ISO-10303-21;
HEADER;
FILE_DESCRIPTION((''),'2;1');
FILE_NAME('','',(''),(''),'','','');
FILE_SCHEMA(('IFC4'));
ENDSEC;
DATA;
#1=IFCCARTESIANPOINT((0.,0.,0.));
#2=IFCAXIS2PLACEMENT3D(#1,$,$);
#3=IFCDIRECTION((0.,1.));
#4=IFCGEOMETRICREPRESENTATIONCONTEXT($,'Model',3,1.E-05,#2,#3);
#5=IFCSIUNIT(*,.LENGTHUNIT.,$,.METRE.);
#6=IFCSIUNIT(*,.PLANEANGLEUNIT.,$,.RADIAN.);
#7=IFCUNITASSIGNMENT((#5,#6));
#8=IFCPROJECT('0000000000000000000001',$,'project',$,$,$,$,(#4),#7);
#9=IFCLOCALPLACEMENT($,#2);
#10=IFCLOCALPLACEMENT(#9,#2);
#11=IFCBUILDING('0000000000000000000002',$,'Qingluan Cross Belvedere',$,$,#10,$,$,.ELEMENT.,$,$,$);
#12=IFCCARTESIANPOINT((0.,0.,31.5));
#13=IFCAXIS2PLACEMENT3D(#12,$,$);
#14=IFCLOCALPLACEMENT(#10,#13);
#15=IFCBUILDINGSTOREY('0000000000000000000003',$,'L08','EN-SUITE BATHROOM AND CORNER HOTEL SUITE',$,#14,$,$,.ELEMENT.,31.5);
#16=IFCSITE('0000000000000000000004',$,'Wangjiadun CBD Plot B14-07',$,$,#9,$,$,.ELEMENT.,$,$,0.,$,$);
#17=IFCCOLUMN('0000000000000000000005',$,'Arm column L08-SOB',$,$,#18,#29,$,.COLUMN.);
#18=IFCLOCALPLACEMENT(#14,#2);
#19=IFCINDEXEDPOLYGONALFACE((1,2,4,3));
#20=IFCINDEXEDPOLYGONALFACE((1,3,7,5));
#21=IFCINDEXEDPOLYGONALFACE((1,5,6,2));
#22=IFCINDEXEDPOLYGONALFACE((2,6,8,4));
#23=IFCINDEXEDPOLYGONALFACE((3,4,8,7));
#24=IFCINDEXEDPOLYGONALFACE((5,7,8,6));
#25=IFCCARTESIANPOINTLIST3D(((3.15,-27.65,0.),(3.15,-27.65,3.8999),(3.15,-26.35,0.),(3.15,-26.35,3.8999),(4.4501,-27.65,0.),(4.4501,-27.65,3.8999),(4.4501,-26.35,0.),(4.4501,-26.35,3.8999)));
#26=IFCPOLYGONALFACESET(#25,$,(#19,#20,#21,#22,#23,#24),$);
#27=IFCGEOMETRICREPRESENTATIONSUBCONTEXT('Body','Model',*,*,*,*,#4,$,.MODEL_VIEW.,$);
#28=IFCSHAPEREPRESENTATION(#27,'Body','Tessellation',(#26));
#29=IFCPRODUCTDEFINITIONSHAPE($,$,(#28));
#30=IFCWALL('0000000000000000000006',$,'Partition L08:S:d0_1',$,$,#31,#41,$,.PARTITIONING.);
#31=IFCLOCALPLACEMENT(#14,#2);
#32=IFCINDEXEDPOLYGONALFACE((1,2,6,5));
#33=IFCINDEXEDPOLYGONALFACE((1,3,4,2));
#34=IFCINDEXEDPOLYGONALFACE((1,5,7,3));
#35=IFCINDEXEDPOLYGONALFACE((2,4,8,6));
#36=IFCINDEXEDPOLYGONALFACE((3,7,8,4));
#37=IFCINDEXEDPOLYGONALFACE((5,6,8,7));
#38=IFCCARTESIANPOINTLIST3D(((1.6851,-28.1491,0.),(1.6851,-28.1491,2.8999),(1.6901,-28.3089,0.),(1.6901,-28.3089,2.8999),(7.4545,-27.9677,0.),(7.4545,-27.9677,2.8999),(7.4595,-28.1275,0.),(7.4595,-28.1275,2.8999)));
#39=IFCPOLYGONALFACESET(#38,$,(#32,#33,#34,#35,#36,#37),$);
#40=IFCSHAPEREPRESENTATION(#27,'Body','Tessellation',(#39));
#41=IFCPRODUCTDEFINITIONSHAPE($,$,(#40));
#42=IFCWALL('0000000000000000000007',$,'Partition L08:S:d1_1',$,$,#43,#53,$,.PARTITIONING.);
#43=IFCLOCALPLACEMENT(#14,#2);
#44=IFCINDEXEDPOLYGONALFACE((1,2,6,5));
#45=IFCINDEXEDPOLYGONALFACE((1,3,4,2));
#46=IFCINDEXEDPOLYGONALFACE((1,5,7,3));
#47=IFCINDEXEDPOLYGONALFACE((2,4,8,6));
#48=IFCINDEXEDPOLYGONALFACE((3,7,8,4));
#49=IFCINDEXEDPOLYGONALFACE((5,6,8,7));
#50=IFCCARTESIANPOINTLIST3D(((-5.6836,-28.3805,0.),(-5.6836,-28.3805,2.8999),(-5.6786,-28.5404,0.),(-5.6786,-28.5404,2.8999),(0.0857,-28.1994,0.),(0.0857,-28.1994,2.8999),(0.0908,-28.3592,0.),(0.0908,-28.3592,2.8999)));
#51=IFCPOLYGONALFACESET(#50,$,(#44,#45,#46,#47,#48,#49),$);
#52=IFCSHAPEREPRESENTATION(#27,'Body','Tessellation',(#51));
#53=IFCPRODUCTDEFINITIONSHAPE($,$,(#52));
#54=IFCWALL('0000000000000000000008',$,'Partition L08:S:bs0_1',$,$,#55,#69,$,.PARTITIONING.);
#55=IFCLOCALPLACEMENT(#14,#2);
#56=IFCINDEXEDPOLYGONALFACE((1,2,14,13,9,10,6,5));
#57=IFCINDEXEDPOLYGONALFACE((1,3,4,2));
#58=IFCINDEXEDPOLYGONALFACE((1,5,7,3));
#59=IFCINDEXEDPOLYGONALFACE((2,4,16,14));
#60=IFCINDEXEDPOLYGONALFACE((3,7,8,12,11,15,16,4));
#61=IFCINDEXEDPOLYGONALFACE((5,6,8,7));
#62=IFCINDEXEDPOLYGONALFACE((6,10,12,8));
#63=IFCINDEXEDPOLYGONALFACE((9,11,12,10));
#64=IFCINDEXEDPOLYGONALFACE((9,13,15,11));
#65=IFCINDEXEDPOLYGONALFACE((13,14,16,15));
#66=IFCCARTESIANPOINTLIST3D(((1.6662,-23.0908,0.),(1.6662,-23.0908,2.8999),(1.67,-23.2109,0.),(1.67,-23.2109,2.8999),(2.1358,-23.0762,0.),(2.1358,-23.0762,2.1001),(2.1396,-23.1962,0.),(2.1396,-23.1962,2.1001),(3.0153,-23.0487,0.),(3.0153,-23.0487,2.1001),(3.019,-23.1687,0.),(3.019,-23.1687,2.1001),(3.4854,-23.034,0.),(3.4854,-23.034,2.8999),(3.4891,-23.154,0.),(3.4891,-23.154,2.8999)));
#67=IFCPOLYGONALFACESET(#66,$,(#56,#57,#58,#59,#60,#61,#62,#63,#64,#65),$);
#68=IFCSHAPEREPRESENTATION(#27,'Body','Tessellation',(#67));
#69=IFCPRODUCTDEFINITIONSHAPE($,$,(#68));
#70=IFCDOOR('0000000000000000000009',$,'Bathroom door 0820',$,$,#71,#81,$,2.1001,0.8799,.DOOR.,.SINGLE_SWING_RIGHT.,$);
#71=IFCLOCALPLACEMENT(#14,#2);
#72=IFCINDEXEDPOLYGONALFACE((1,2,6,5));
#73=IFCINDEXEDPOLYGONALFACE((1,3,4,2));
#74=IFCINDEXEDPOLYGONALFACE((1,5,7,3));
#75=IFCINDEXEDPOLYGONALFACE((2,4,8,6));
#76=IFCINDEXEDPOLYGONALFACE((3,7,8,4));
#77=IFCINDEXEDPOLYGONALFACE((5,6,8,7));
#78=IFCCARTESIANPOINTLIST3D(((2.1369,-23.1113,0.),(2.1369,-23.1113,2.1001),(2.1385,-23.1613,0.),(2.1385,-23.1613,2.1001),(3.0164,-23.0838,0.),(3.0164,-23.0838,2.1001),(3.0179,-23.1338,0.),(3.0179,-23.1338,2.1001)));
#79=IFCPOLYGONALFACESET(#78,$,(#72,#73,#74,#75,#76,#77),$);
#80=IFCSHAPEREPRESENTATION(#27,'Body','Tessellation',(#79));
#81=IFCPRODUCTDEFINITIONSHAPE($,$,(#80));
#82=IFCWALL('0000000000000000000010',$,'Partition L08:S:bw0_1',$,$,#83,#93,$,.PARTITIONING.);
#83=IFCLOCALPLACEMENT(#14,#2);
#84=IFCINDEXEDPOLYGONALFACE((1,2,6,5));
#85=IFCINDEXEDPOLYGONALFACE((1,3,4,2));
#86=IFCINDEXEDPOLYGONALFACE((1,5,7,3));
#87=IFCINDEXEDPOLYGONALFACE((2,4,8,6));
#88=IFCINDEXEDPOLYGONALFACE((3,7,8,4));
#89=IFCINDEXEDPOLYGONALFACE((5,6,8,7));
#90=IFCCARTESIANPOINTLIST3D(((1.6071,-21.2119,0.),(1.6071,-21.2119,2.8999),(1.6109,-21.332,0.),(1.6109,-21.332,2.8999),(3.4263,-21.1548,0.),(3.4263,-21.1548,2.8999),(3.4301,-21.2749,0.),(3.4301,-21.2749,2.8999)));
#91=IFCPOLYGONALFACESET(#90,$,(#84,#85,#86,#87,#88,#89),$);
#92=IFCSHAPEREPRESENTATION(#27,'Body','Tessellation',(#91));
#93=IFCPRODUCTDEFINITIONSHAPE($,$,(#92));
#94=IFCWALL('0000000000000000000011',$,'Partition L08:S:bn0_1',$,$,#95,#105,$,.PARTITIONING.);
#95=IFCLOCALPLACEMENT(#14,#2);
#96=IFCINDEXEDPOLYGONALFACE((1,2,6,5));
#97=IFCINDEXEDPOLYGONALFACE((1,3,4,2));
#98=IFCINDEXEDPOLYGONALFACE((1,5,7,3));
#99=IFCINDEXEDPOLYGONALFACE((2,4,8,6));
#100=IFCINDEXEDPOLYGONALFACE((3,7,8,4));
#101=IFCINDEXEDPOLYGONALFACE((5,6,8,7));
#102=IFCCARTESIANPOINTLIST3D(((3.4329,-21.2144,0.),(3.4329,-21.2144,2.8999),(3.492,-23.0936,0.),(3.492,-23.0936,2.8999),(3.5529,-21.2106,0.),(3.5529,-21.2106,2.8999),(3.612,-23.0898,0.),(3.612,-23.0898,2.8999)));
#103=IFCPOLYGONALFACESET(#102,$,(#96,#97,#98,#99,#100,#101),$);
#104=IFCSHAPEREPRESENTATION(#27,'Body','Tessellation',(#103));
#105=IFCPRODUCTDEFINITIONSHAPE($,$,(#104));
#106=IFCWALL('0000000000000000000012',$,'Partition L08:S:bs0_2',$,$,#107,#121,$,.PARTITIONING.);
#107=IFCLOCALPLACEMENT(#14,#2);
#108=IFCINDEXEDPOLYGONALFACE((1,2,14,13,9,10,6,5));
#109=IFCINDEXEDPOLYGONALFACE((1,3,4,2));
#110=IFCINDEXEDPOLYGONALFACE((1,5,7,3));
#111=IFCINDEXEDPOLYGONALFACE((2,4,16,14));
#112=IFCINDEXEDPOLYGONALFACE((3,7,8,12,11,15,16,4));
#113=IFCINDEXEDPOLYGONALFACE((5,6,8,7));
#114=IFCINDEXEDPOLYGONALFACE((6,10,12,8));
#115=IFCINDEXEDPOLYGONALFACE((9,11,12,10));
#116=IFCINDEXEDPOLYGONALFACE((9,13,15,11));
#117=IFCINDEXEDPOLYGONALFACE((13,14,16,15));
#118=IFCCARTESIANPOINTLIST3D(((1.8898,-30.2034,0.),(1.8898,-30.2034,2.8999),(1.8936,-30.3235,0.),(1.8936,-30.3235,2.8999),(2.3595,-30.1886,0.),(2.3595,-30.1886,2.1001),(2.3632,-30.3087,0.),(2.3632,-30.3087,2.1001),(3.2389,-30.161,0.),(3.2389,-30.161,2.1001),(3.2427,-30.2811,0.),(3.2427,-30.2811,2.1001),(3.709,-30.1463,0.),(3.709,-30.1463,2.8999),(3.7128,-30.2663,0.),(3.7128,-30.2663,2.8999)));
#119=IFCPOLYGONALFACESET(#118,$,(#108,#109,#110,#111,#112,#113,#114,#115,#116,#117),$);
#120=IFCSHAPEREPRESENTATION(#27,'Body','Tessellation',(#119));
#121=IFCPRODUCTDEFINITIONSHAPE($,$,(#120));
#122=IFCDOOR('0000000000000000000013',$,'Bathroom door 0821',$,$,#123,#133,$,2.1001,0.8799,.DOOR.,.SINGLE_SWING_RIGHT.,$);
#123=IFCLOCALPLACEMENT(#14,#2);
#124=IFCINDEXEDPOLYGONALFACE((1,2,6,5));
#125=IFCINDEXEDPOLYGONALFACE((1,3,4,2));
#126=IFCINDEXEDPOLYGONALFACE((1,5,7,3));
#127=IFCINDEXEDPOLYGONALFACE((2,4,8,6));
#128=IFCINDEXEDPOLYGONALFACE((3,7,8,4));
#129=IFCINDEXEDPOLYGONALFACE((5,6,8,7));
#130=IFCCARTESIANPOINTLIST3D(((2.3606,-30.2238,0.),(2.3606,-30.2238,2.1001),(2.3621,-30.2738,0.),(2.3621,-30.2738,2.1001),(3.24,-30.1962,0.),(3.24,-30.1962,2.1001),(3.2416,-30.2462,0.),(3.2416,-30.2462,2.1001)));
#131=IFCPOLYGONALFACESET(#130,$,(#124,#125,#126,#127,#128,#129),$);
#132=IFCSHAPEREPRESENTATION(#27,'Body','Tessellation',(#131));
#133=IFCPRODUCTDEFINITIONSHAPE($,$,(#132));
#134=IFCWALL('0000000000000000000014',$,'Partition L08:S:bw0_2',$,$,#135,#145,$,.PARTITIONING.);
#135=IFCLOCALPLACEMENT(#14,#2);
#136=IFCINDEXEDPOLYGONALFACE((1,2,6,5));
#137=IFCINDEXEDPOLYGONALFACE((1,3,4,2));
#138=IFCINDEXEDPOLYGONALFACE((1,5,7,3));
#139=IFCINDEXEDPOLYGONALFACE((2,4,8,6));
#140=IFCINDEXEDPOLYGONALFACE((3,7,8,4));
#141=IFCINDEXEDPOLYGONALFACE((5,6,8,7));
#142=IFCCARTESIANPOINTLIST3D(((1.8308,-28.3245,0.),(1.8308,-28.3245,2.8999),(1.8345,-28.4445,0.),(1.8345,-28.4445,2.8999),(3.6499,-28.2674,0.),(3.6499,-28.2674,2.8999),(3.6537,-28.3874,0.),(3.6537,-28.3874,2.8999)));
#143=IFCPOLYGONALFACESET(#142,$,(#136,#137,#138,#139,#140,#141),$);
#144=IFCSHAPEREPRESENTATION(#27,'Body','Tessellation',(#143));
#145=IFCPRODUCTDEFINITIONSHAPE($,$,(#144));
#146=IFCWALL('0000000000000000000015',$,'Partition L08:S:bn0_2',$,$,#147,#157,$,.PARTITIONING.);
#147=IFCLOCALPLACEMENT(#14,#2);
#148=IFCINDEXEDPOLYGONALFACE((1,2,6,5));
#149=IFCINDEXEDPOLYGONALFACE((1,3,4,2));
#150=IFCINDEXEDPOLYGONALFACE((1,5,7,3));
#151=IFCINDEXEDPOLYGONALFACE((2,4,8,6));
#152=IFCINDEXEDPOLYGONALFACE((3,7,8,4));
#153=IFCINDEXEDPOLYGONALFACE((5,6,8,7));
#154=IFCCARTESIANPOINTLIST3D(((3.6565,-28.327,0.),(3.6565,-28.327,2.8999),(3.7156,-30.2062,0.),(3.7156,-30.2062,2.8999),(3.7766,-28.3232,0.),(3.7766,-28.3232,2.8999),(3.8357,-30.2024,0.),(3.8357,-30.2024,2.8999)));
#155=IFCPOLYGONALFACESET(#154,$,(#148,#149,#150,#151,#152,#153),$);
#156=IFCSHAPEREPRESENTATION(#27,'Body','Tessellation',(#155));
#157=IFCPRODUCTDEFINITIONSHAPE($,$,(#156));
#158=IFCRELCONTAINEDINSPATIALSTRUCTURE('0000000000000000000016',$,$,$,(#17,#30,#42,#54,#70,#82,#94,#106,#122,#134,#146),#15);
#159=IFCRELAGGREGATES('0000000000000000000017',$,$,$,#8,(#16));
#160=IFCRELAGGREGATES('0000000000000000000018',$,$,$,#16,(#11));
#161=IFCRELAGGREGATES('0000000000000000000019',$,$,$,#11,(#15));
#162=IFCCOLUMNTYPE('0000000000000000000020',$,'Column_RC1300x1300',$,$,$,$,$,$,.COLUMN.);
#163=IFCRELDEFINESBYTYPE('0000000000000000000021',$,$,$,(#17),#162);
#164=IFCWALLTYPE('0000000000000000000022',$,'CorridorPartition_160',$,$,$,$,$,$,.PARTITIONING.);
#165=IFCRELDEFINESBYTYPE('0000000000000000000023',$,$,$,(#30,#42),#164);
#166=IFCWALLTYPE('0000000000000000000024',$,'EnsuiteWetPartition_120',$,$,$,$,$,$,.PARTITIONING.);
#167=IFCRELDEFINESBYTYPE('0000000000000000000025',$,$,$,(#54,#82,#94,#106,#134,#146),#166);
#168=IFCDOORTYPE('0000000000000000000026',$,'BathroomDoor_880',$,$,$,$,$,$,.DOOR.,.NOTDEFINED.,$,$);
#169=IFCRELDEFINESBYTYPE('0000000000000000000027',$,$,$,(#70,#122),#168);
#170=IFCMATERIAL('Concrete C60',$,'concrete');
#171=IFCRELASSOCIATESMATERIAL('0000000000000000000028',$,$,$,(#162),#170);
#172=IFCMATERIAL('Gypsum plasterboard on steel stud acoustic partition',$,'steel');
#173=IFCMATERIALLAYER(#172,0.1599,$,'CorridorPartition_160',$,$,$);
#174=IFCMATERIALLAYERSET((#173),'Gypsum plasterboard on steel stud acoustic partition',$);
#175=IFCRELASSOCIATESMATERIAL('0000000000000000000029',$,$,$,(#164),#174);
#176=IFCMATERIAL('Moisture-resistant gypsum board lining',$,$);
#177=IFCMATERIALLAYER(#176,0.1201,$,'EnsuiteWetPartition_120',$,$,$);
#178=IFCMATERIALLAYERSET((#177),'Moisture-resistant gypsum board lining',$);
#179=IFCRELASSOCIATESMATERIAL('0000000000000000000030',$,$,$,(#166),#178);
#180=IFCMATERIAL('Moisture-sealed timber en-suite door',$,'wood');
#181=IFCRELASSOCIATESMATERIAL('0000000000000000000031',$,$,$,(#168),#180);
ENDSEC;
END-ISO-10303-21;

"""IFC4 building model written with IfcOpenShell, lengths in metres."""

from ifc_helpers import new_model, si_unit, direction, frame, frame_2d, origin, origin_2d, place, context, subcontext, project, spatial, rectangle, extrude, material, layer, layer_set, material_profile, profile_set, type_object, element, fill, save


model = new_model("IFC4")

# Units and contexts
model_context = context("Model", 3, precision=1e-05, world=origin(), true_north=direction((0.0, 1.0)))
body_context = subcontext(model_context, "Body", "Model", "MODEL_VIEW")
ifc_project = project(units=[si_unit("LENGTHUNIT", "METRE"), si_unit("PLANEANGLEUNIT", "RADIAN")], contexts=[model_context])

# Site, building, storey
site_placement = place(None, origin())
site = spatial("IfcSite", under=ifc_project, at=site_placement, Name="Wangjiadun CBD Plot B14-07", CompositionType="ELEMENT", RefElevation=0.0)
building_placement = place(site_placement, origin())
building = spatial("IfcBuilding", under=site, at=building_placement, Name="Qingluan Cross Belvedere", CompositionType="ELEMENT")
storey_placement = place(building_placement, frame((0.0, 0.0, 31.5)))
storey = spatial("IfcBuildingStorey", under=building, at=storey_placement, Name="L08", Description="EN-SUITE BATHROOM AND CORNER HOTEL SUITE", CompositionType="ELEMENT", Elevation=31.5)

# Column
ifc_material_1 = material(Name="Concrete C60", Category="concrete")
ifc_material_profile = material_profile(ifc_material_1, rectangle(XDim=1.3, YDim=1.3, at=origin_2d()), Name="RC1300x1300")
ifc_profile_set = profile_set([ifc_material_profile], Name="Concrete C60")
column_type = type_object("IfcColumnType", Name="Column_RC1300x1300", PredefinedType="COLUMN", material=ifc_profile_set)
column_placement = place(storey_placement, frame((3.8, -27.0, 0.0), z_axis=(0.0, 0.0, 1.0), x_axis=(1.0, 0.0, 0.0)))
element("IfcColumn", 1, at=column_placement, inside=storey, type_object=column_type, Name="Arm column L08-SOB", PredefinedType="COLUMN", context=body_context, shape_type="SweptSolid", body=[
    extrude(rectangle(XDim=1.3, YDim=1.3, at=origin_2d()), origin(), (0.0, 0.0, 1.0), 3.8999),
])

# Walls
ifc_material_2 = material(Name="Gypsum plasterboard on steel stud acoustic partition", Category="steel")
ifc_layer_1 = layer(ifc_material_2, 0.1599, Name="CorridorPartition_160")
ifc_layer_set_1 = layer_set([ifc_layer_1], Name="Gypsum plasterboard on steel stud acoustic partition")
wall_type_1 = type_object("IfcWallType", Name="CorridorPartition_160", PredefinedType="PARTITIONING", material=ifc_layer_set_1)
for number, where, z_axis, x_axis, name in (
    (2, (1.6875, -28.229, 0.0), (0.0, 0.0, 1.0), (0.999506, 0.031426, 0.0), "Partition L08:S:d0_1"),
    (3, (0.0884, -28.2793, 0.0), (0.0, 0.0, 1.0), (-0.999507, -0.031384, 0.0), "Partition L08:S:d1_1"),
):
    element("IfcWall", number, at=place(storey_placement, frame(where, z_axis=z_axis, x_axis=x_axis)), inside=storey, type_object=wall_type_1, Name=name, PredefinedType="PARTITIONING", context=body_context, shape_type="SweptSolid", body=[
        extrude(rectangle(XDim=5.7722, YDim=0.1599, at=frame_2d((2.8862, 0.0))), origin(), (0.0, 0.0, 1.0), 2.8999),
    ])

# Wall, opening, door
ifc_material_3 = material(Name="Moisture-resistant gypsum board lining")
ifc_layer_2 = layer(ifc_material_3, 0.1201, Name="EnsuiteWetPartition_120")
ifc_layer_set_2 = layer_set([ifc_layer_2], Name="Moisture-resistant gypsum board lining")
wall_type_2 = type_object("IfcWallType", Name="EnsuiteWetPartition_120", PredefinedType="PARTITIONING", material=ifc_layer_set_2)
wall_1_placement = place(storey_placement, frame((1.668, -23.1509, 0.0), z_axis=(0.0, 0.0, 1.0), x_axis=(0.999511, 0.031256, 0.0)))
wall_1 = element("IfcWall", 4, at=wall_1_placement, inside=storey, type_object=wall_type_2, Name="Partition L08:S:bs0_1", PredefinedType="PARTITIONING", context=body_context, shape_type="SweptSolid", body=[
    extrude(rectangle(XDim=1.8201, YDim=0.1201, at=frame_2d((0.9102, 0.0))), origin(), (0.0, 0.0, 1.0), 2.8999),
])
opening_1_placement = place(wall_1_placement, frame((0.47, 0.0, 0.0)))
opening_1 = element("IfcOpeningElement", 5, at=opening_1_placement, cuts=wall_1, PredefinedType="OPENING", context=body_context, shape_type="SweptSolid", body=[
    extrude(rectangle(XDim=0.8799, YDim=2.1001, at=frame_2d((0.4399, 1.05))), frame((0.0, 0.0701, 0.0), z_axis=(0.0, -1.0, 0.0), x_axis=(1.0, 0.0, 0.0)), (0.0, 0.0, 1.0), 0.1401),
])
ifc_material_4 = material(Name="Moisture-sealed timber en-suite door", Category="wood")
door_type = type_object("IfcDoorType", Name="BathroomDoor_880", OperationType="NOTDEFINED", PredefinedType="DOOR", material=ifc_material_4)
door_1_placement = place(opening_1_placement, origin())
door_1 = element("IfcDoor", 6, at=door_1_placement, inside=storey, type_object=door_type, Name="Bathroom door 0820", OperationType="SINGLE_SWING_RIGHT", OverallHeight=2.1001, OverallWidth=0.8799, PredefinedType="DOOR", context=body_context, shape_type="SweptSolid", body=[
    extrude(rectangle(XDim=0.8799, YDim=2.1001, at=frame_2d((0.4399, 1.05))), frame((0.0, 0.0249, 0.0), z_axis=(0.0, -1.0, 0.0), x_axis=(1.0, 0.0, 0.0)), (0.0, 0.0, 1.0), 0.05),
])
fill(opening_1, door_1)

# Walls
wall_2_placement = place(storey_placement, frame((1.6089, -21.272, 0.0), z_axis=(0.0, 0.0, 1.0), x_axis=(0.999507, 0.03139, 0.0)))
element("IfcWall", 7, at=wall_2_placement, inside=storey, type_object=wall_type_2, Name="Partition L08:S:bw0_1", PredefinedType="PARTITIONING", context=body_context, shape_type="SweptSolid", body=[
    extrude(rectangle(XDim=1.8201, YDim=0.1201, at=frame_2d((0.9102, 0.0))), origin(), (0.0, 0.0, 1.0), 2.8999),
])
wall_3_placement = place(storey_placement, frame((3.4929, -21.2126, 0.0), z_axis=(0.0, 0.0, 1.0), x_axis=(0.031425, -0.999506, 0.0)))
element("IfcWall", 8, at=wall_3_placement, inside=storey, type_object=wall_type_2, Name="Partition L08:S:bn0_1", PredefinedType="PARTITIONING", context=body_context, shape_type="SweptSolid", body=[
    extrude(rectangle(XDim=1.8801, YDim=0.1201, at=frame_2d((0.9399, 0.0))), origin(), (0.0, 0.0, 1.0), 2.8999),
])

# Wall, opening, door
wall_4_placement = place(storey_placement, frame((1.8916, -30.2634, 0.0), z_axis=(0.0, 0.0, 1.0), x_axis=(0.999507, 0.03139, 0.0)))
wall_4 = element("IfcWall", 9, at=wall_4_placement, inside=storey, type_object=wall_type_2, Name="Partition L08:S:bs0_2", PredefinedType="PARTITIONING", context=body_context, shape_type="SweptSolid", body=[
    extrude(rectangle(XDim=1.8201, YDim=0.1201, at=frame_2d((0.9102, 0.0))), origin(), (0.0, 0.0, 1.0), 2.8999),
])
opening_2_placement = place(wall_4_placement, frame((0.47, 0.0, 0.0)))
opening_2 = element("IfcOpeningElement", 10, at=opening_2_placement, cuts=wall_4, PredefinedType="OPENING", context=body_context, shape_type="SweptSolid", body=[
    extrude(rectangle(XDim=0.8799, YDim=2.1001, at=frame_2d((0.4399, 1.05))), frame((0.0, 0.0701, 0.0), z_axis=(0.0, -1.0, 0.0), x_axis=(1.0, 0.0, 0.0)), (0.0, 0.0, 1.0), 0.1401),
])
door_2_placement = place(opening_2_placement, origin())
door_2 = element("IfcDoor", 11, at=door_2_placement, inside=storey, type_object=door_type, Name="Bathroom door 0821", OperationType="SINGLE_SWING_RIGHT", OverallHeight=2.1001, OverallWidth=0.8799, PredefinedType="DOOR", context=body_context, shape_type="SweptSolid", body=[
    extrude(rectangle(XDim=0.8799, YDim=2.1001, at=frame_2d((0.4399, 1.05))), frame((0.0, 0.0249, 0.0), z_axis=(0.0, -1.0, 0.0), x_axis=(1.0, 0.0, 0.0)), (0.0, 0.0, 1.0), 0.05),
])
fill(opening_2, door_2)

# Walls
wall_5_placement = place(storey_placement, frame((1.8325, -28.3845, 0.0), z_axis=(0.0, 0.0, 1.0), x_axis=(0.999507, 0.03139, 0.0)))
element("IfcWall", 12, at=wall_5_placement, inside=storey, type_object=wall_type_2, Name="Partition L08:S:bw0_2", PredefinedType="PARTITIONING", context=body_context, shape_type="SweptSolid", body=[
    extrude(rectangle(XDim=1.8201, YDim=0.1201, at=frame_2d((0.9102, 0.0))), origin(), (0.0, 0.0, 1.0), 2.8999),
])
wall_6_placement = place(storey_placement, frame((3.7166, -28.3252, 0.0), z_axis=(0.0, 0.0, 1.0), x_axis=(0.031425, -0.999506, 0.0)))
element("IfcWall", 13, at=wall_6_placement, inside=storey, type_object=wall_type_2, Name="Partition L08:S:bn0_2", PredefinedType="PARTITIONING", context=body_context, shape_type="SweptSolid", body=[
    extrude(rectangle(XDim=1.8801, YDim=0.1201, at=frame_2d((0.9399, 0.0))), origin(), (0.0, 0.0, 1.0), 2.8999),
])

save(model, "model.ifc")
